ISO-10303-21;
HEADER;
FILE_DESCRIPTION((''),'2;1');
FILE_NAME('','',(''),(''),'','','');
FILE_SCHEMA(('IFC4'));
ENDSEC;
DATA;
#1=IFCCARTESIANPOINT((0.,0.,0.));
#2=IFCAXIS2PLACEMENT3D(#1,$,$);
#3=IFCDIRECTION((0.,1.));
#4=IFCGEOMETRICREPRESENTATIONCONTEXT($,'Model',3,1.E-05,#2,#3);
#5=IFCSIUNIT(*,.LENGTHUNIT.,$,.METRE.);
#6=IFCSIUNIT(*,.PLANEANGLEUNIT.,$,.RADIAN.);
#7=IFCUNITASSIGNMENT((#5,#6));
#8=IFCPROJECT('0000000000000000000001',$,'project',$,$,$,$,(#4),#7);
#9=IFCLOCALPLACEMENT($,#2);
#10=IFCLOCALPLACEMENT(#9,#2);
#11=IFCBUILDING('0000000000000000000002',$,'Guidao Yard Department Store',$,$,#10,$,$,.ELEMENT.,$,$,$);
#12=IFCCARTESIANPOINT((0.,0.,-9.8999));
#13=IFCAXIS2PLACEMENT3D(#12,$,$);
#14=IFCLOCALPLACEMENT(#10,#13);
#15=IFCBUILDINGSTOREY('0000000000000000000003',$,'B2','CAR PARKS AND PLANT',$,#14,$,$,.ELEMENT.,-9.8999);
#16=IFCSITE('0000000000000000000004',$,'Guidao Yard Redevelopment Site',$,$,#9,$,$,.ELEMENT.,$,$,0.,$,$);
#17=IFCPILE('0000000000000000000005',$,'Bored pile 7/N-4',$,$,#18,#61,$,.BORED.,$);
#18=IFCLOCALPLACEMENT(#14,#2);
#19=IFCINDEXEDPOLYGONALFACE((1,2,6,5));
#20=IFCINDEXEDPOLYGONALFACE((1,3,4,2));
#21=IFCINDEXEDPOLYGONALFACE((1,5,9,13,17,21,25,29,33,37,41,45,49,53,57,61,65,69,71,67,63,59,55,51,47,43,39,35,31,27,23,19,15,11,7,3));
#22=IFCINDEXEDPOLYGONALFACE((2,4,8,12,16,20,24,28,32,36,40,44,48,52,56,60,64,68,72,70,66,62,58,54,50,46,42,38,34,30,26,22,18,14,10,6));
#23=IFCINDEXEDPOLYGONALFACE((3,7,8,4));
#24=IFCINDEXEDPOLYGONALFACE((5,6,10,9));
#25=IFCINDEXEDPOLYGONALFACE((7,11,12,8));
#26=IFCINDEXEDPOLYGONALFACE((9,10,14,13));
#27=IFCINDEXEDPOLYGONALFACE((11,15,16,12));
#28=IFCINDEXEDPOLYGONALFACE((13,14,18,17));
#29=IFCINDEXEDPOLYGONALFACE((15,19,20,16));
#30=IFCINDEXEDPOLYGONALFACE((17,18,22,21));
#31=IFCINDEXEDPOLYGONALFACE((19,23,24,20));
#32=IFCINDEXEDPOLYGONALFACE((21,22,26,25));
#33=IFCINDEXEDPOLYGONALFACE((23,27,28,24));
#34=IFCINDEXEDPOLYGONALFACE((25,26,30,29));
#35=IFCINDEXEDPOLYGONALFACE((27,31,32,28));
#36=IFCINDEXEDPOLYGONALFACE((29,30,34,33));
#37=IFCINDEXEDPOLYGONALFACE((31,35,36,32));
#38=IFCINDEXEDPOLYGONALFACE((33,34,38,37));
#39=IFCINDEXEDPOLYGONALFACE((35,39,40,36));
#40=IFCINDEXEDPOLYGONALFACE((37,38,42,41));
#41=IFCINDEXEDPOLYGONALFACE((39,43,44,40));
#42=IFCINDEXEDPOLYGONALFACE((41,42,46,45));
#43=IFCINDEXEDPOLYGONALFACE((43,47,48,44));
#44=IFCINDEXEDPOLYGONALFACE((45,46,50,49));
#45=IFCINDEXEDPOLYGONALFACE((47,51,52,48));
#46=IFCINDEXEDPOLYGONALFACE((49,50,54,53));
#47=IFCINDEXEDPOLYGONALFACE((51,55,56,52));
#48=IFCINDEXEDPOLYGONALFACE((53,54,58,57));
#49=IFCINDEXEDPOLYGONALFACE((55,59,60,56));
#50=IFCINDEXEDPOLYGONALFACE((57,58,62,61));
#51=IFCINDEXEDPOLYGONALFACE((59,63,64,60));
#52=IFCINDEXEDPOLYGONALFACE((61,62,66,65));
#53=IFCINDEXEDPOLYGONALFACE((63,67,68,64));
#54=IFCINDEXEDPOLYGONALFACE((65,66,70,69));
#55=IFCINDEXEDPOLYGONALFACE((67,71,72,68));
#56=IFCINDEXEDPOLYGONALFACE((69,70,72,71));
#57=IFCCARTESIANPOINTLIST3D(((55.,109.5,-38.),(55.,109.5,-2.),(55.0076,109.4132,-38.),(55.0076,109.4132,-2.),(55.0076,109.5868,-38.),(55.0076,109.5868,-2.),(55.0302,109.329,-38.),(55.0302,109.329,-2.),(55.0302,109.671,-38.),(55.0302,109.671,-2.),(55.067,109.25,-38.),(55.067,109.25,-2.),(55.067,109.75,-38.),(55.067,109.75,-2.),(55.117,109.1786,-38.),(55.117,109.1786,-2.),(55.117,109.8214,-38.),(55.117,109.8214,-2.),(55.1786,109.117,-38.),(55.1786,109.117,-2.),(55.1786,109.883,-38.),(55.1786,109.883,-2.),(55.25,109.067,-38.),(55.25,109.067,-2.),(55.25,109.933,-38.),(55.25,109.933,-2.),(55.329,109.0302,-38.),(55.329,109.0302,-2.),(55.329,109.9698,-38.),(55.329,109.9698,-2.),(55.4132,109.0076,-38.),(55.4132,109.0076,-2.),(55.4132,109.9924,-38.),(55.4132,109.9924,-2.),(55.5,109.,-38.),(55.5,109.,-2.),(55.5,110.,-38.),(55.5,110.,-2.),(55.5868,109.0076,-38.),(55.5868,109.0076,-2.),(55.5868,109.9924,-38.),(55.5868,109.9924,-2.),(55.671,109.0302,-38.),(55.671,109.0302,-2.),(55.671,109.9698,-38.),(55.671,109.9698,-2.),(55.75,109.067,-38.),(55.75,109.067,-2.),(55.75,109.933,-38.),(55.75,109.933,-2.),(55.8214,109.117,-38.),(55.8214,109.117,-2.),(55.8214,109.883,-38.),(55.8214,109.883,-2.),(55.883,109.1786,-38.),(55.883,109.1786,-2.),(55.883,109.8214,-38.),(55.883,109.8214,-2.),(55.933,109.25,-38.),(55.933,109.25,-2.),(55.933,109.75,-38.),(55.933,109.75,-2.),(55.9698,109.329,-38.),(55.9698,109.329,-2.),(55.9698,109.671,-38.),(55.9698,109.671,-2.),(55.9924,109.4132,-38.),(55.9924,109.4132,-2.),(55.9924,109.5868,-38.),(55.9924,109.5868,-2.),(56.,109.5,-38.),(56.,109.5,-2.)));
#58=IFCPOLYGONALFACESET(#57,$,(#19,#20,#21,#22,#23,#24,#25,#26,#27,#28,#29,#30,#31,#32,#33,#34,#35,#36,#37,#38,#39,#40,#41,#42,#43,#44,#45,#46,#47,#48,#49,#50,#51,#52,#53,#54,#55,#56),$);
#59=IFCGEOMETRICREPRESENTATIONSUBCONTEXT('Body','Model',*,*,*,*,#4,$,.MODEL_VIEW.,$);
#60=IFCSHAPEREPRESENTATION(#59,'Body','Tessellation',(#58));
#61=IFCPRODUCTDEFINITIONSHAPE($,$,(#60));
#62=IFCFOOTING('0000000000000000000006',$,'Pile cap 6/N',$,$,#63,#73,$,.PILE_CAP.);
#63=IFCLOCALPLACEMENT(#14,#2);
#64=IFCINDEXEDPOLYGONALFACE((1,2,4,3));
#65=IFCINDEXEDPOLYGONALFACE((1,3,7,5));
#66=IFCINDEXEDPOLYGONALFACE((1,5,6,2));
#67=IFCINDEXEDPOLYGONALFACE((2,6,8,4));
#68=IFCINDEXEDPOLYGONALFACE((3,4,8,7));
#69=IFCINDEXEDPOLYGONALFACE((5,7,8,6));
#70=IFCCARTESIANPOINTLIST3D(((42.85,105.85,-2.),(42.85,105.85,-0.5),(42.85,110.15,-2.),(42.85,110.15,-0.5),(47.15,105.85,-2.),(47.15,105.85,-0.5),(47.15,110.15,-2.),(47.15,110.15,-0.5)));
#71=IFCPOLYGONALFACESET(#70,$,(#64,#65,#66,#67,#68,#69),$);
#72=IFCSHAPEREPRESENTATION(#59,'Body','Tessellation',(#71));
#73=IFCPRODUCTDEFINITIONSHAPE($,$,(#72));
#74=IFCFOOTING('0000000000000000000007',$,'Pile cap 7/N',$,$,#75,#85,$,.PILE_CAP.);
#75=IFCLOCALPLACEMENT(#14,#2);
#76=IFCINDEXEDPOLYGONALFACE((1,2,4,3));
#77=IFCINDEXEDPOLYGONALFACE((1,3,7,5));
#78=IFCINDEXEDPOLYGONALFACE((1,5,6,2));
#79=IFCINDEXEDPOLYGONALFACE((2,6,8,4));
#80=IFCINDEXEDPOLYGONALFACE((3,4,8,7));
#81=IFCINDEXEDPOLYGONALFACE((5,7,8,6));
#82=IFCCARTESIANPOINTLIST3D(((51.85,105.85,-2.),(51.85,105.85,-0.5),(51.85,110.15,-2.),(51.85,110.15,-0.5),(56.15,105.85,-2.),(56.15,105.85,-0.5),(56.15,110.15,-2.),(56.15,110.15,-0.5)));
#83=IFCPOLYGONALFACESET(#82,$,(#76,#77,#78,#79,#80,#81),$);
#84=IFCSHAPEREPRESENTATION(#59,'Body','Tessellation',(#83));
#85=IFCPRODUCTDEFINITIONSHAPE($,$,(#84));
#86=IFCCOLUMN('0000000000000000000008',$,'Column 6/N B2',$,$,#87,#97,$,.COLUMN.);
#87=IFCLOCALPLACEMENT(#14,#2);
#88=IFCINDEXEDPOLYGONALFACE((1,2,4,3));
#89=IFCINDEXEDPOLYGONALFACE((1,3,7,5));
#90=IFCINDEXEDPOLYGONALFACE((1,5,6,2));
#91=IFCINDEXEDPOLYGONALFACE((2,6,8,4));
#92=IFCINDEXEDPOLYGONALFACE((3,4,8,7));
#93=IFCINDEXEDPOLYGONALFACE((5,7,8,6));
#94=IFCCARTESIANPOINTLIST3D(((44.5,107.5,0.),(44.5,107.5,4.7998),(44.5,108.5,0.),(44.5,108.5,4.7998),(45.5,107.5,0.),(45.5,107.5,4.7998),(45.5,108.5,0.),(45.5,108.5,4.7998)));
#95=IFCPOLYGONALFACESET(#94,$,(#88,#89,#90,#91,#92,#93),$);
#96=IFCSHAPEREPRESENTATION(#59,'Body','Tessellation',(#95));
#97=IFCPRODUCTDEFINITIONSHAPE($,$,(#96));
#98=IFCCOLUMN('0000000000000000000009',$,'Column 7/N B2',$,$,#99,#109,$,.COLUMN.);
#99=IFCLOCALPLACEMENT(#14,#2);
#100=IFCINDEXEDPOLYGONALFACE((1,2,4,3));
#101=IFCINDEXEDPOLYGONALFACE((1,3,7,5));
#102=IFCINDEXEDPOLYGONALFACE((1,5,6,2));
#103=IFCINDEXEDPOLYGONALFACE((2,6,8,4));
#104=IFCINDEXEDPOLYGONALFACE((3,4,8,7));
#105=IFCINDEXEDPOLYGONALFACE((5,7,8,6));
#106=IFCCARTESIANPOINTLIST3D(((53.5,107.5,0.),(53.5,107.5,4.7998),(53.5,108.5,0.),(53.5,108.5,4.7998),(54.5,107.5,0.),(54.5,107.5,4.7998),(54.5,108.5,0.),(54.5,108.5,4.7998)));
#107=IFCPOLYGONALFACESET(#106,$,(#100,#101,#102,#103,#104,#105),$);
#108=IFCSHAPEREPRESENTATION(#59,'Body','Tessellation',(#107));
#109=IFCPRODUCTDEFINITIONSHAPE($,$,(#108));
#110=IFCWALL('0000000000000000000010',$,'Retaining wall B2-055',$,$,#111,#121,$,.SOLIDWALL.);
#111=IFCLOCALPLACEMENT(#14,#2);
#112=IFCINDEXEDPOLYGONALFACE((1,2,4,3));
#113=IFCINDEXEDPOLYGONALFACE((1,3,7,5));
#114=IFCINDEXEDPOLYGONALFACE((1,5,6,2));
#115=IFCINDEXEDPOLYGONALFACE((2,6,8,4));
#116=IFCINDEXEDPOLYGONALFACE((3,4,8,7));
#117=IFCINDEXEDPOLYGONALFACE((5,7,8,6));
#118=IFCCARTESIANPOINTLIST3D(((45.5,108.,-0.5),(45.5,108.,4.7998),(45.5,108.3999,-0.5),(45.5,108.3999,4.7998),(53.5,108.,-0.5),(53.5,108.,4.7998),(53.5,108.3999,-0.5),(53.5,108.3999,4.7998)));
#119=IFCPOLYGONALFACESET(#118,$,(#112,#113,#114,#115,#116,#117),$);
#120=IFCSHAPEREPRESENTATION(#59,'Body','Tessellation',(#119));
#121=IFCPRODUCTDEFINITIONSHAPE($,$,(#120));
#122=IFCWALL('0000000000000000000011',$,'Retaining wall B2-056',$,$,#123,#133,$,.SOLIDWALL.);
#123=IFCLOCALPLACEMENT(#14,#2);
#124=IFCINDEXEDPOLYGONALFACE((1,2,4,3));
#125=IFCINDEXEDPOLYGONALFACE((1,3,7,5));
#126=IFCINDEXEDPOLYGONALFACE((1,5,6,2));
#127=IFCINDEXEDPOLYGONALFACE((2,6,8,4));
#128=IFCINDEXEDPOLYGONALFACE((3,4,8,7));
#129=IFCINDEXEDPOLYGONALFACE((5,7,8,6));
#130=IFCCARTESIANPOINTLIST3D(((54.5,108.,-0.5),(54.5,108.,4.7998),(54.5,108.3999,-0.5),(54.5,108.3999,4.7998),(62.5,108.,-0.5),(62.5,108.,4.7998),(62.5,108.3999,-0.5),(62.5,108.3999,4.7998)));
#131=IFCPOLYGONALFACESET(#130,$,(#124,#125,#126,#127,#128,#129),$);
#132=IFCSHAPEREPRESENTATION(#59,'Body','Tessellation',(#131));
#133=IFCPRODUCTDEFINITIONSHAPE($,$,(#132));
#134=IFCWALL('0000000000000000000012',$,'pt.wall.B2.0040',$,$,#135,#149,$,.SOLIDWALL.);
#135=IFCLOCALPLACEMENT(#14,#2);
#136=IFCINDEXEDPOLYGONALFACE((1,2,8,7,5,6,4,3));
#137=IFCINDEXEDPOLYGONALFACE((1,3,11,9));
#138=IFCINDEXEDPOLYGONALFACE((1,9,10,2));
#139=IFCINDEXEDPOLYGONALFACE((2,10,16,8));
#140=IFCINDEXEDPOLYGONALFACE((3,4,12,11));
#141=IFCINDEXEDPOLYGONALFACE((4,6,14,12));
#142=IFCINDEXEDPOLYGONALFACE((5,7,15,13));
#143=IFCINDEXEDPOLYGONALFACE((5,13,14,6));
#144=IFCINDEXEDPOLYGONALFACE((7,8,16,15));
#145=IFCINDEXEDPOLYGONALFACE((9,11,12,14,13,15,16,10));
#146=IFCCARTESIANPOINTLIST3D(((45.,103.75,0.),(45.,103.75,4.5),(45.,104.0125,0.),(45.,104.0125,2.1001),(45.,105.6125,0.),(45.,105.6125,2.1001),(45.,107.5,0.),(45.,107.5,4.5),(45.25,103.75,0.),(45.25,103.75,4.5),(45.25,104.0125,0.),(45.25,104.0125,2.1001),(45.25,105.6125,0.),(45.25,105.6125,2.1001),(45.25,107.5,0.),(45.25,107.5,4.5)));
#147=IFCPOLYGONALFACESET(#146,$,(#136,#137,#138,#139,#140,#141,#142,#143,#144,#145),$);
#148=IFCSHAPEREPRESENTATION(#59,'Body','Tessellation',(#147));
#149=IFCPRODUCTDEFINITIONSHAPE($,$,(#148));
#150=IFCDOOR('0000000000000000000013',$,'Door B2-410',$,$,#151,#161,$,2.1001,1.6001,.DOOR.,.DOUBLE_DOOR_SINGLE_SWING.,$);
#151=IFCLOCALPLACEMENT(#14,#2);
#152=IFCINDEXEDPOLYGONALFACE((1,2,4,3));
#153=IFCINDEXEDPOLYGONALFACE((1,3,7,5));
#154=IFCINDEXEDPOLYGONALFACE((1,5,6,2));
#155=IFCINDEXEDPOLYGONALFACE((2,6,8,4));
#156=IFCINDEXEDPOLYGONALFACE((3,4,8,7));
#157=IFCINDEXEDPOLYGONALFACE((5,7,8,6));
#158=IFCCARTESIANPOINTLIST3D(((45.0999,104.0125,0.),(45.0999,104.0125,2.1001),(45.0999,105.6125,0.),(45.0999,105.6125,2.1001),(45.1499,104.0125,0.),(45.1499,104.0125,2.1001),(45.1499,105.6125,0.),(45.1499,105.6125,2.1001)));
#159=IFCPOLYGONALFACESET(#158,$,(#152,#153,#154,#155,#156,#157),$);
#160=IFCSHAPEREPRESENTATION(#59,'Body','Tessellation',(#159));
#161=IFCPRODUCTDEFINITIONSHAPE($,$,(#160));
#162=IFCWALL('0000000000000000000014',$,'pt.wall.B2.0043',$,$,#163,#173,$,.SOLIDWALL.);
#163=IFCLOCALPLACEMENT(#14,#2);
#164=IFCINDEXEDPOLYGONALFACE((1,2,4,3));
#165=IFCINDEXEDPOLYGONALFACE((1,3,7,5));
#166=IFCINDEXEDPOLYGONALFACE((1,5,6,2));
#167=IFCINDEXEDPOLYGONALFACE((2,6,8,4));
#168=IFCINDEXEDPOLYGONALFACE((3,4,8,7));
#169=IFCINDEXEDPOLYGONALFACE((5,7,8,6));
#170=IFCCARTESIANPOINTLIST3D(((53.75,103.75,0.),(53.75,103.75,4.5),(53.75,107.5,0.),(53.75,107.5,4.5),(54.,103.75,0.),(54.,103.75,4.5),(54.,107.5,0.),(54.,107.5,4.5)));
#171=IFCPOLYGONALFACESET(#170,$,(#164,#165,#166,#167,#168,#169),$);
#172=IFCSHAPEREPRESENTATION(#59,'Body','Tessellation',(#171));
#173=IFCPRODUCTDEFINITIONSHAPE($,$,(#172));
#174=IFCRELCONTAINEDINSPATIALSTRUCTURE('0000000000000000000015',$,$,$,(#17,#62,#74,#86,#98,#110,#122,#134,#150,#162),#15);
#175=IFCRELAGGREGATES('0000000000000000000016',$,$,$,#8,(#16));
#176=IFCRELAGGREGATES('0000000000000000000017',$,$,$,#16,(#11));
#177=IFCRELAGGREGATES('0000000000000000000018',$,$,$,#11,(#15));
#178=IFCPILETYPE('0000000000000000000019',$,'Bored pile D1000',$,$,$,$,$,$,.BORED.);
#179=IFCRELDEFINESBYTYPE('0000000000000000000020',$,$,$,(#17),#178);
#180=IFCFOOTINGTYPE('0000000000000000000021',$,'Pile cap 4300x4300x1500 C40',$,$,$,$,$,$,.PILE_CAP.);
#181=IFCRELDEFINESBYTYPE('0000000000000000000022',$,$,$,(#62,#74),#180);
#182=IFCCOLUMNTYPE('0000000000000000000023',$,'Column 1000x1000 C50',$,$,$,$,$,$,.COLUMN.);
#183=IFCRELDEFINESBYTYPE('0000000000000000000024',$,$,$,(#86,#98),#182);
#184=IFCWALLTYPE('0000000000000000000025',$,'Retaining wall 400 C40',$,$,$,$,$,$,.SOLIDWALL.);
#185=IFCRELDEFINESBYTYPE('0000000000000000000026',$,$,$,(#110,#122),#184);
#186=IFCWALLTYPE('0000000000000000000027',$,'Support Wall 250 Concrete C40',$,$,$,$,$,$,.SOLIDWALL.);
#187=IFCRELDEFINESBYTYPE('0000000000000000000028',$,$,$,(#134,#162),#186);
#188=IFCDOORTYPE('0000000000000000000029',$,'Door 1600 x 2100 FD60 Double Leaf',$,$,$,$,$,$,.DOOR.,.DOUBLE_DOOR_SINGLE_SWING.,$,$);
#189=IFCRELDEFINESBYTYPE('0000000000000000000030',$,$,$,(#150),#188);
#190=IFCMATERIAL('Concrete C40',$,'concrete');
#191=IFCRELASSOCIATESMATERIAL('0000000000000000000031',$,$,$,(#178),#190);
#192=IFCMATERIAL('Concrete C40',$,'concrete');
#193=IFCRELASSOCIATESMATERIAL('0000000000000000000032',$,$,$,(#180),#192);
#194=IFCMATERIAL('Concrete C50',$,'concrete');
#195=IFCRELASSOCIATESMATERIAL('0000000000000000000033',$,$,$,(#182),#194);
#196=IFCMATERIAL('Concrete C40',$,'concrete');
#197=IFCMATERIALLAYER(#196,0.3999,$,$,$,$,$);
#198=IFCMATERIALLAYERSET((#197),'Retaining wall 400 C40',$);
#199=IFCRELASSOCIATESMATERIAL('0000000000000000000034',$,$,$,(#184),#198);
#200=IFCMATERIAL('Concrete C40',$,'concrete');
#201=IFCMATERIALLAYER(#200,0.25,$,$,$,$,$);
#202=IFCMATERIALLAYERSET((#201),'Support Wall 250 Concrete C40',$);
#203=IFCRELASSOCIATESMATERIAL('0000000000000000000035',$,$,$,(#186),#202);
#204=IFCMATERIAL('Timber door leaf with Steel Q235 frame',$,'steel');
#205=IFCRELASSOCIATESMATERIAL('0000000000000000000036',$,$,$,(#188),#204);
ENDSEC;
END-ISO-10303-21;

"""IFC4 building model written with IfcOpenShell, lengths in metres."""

from ifc_helpers import new_model, si_unit, direction, frame, frame_2d, origin, origin_2d, place, context, subcontext, project, spatial, rectangle, circle, extrude, material, layer, layer_set, material_profile, profile_set, type_object, element, fill, save


model = new_model("IFC4")

# Units and contexts
model_context = context("Model", 3, precision=1e-05, world=origin(), true_north=direction((0.0, 1.0)))
body_context = subcontext(model_context, "Body", "Model", "MODEL_VIEW")
ifc_project = project(units=[si_unit("LENGTHUNIT", "METRE"), si_unit("PLANEANGLEUNIT", "RADIAN")], contexts=[model_context])

# Site, building, storey
site_placement = place(None, origin())
site = spatial("IfcSite", under=ifc_project, at=site_placement, Name="Guidao Yard Redevelopment Site", CompositionType="ELEMENT", RefElevation=0.0)
building_placement = place(site_placement, origin())
building = spatial("IfcBuilding", under=site, at=building_placement, Name="Guidao Yard Department Store", CompositionType="ELEMENT")
storey_placement = place(building_placement, frame((0.0, 0.0, -9.8999)))
storey = spatial("IfcBuildingStorey", under=building, at=storey_placement, Name="B2", Description="CAR PARKS AND PLANT", CompositionType="ELEMENT", Elevation=-9.8999)

# Pile
ifc_material_1 = material(Name="Concrete C40", Category="concrete")
ifc_material_profile_1 = material_profile(ifc_material_1, circle(Radius=0.5, at=origin_2d()), Name="Bored pile D1000")
ifc_profile_set_1 = profile_set([ifc_material_profile_1], Name="Concrete C40")
pile_type = type_object("IfcPileType", Name="Bored pile D1000", PredefinedType="BORED", material=ifc_profile_set_1)
for number, where, z_axis, x_axis, name in (
    (1, (55.5, 109.5, -2.0), (0.0, 0.0, -1.0), (1.0, 0.0, 0.0), "Bored pile 7/N-4"),
):
    element("IfcPile", number, at=place(storey_placement, frame(where, z_axis=z_axis, x_axis=x_axis)), inside=storey, type_object=pile_type, Name=name, PredefinedType="BORED", context=body_context, shape_type="SweptSolid", body=[
        extrude(circle(Radius=0.5, at=origin_2d()), origin(), (0.0, 0.0, 1.0), 36.0),
    ])

# Footings
ifc_material_2 = material(Name="Concrete C40", Category="concrete")
footing_type = type_object("IfcFootingType", Name="Pile cap 4300x4300x1500 C40", PredefinedType="PILE_CAP", material=ifc_material_2)
for number, where, z_axis, x_axis, name in (
    (2, (45.0, 108.0, -2.0), (0.0, 0.0, 1.0), (1.0, 0.0, 0.0), "Pile cap 6/N"),
    (3, (54.0, 108.0, -2.0), (0.0, 0.0, 1.0), (1.0, 0.0, 0.0), "Pile cap 7/N"),
):
    element("IfcFooting", number, at=place(storey_placement, frame(where, z_axis=z_axis, x_axis=x_axis)), inside=storey, type_object=footing_type, Name=name, PredefinedType="PILE_CAP", context=body_context, shape_type="SweptSolid", body=[
        extrude(rectangle(XDim=4.3, YDim=4.3, at=origin_2d()), origin(), (0.0, 0.0, 1.0), 1.5),
    ])

# Columns
ifc_material_3 = material(Name="Concrete C50", Category="concrete")
ifc_material_profile_2 = material_profile(ifc_material_3, rectangle(XDim=1.0, YDim=1.0, at=origin_2d()), Name="COL 1000x1000")
ifc_profile_set_2 = profile_set([ifc_material_profile_2], Name="Concrete C50")
column_type = type_object("IfcColumnType", Name="Column 1000x1000 C50", PredefinedType="COLUMN", material=ifc_profile_set_2)
for number, where, z_axis, x_axis, name in (
    (4, (45.0, 108.0, 0.0), (0.0, 0.0, 1.0), (1.0, 0.0, 0.0), "Column 6/N B2"),
    (5, (54.0, 108.0, 0.0), (0.0, 0.0, 1.0), (1.0, 0.0, 0.0), "Column 7/N B2"),
):
    element("IfcColumn", number, at=place(storey_placement, frame(where, z_axis=z_axis, x_axis=x_axis)), inside=storey, type_object=column_type, Name=name, PredefinedType="COLUMN", context=body_context, shape_type="SweptSolid", body=[
        extrude(rectangle(XDim=1.0, YDim=1.0, at=origin_2d()), origin(), (0.0, 0.0, 1.0), 4.7998),
    ])

# Walls
ifc_material_4 = material(Name="Concrete C40", Category="concrete")
ifc_layer_1 = layer(ifc_material_4, 0.3999)
ifc_layer_set_1 = layer_set([ifc_layer_1], Name="Retaining wall 400 C40")
wall_type_1 = type_object("IfcWallType", Name="Retaining wall 400 C40", PredefinedType="SOLIDWALL", material=ifc_layer_set_1)
for number, where, z_axis, x_axis, name in (
    (6, (45.5, 108.2, -0.5), (0.0, 0.0, 1.0), (1.0, 0.0, 0.0), "Retaining wall B2-055"),
    (7, (54.5, 108.2, -0.5), (0.0, 0.0, 1.0), (1.0, 0.0, 0.0), "Retaining wall B2-056"),
):
    element("IfcWall", number, at=place(storey_placement, frame(where, z_axis=z_axis, x_axis=x_axis)), inside=storey, type_object=wall_type_1, Name=name, PredefinedType="SOLIDWALL", context=body_context, shape_type="SweptSolid", body=[
        extrude(rectangle(XDim=8.0, YDim=0.3999, at=frame_2d((4.0, 0.0))), origin(), (0.0, 0.0, 1.0), 5.2998),
    ])

# Wall, opening, door
ifc_material_5 = material(Name="Concrete C40", Category="concrete")
ifc_layer_2 = layer(ifc_material_5, 0.25)
ifc_layer_set_2 = layer_set([ifc_layer_2], Name="Support Wall 250 Concrete C40")
wall_type_2 = type_object("IfcWallType", Name="Support Wall 250 Concrete C40", PredefinedType="SOLIDWALL", material=ifc_layer_set_2)
wall_1_placement = place(storey_placement, frame((45.125, 103.75, 0.0), z_axis=(0.0, 0.0, 1.0), x_axis=(0.0, 1.0, 0.0)))
wall_1 = element("IfcWall", 8, at=wall_1_placement, inside=storey, type_object=wall_type_2, Name="pt.wall.B2.0040", PredefinedType="SOLIDWALL", context=body_context, shape_type="SweptSolid", body=[
    extrude(rectangle(XDim=3.75, YDim=0.25, at=frame_2d((1.875, 0.0))), origin(), (0.0, 0.0, 1.0), 4.5),
])
opening_placement = place(wall_1_placement, frame((1.8625, 0.0, 0.0), z_axis=(0.0, 0.0, 1.0), x_axis=(-1.0, 0.0, 0.0)))
opening = element("IfcOpeningElement", 9, at=opening_placement, cuts=wall_1, PredefinedType="OPENING", context=body_context, shape_type="SweptSolid", body=[
    extrude(rectangle(XDim=1.6001, YDim=2.1001, at=frame_2d((0.8, 1.05))), frame((0.0, 0.135, 0.0), z_axis=(0.0, -1.0, 0.0), x_axis=(1.0, 0.0, 0.0)), (0.0, 0.0, 1.0), 0.27),
])
ifc_material_6 = material(Name="Timber door leaf with Steel Q235 frame", Category="steel")
door_type = type_object("IfcDoorType", Name="Door 1600 x 2100 FD60 Double Leaf", OperationType="DOUBLE_DOOR_SINGLE_SWING", PredefinedType="DOOR", material=ifc_material_6)
door_placement = place(opening_placement, origin())
door = element("IfcDoor", 10, at=door_placement, inside=storey, type_object=door_type, Name="Door B2-410", OperationType="DOUBLE_DOOR_SINGLE_SWING", OverallHeight=2.1001, OverallWidth=1.6001, PredefinedType="DOOR", context=body_context, shape_type="SweptSolid", body=[
    extrude(rectangle(XDim=1.6001, YDim=2.1001, at=frame_2d((0.8, 1.05))), frame((0.0, 0.0249, 0.0), z_axis=(0.0, -1.0, 0.0), x_axis=(1.0, 0.0, 0.0)), (0.0, 0.0, 1.0), 0.05),
])
fill(opening, door)

# Wall
wall_2_placement = place(storey_placement, frame((53.875, 103.75, 0.0), z_axis=(0.0, 0.0, 1.0), x_axis=(0.0, 1.0, 0.0)))
element("IfcWall", 11, at=wall_2_placement, inside=storey, type_object=wall_type_2, Name="pt.wall.B2.0043", PredefinedType="SOLIDWALL", context=body_context, shape_type="SweptSolid", body=[
    extrude(rectangle(XDim=3.75, YDim=0.25, at=frame_2d((1.875, 0.0))), origin(), (0.0, 0.0, 1.0), 4.5),
])

save(model, "model.ifc")
